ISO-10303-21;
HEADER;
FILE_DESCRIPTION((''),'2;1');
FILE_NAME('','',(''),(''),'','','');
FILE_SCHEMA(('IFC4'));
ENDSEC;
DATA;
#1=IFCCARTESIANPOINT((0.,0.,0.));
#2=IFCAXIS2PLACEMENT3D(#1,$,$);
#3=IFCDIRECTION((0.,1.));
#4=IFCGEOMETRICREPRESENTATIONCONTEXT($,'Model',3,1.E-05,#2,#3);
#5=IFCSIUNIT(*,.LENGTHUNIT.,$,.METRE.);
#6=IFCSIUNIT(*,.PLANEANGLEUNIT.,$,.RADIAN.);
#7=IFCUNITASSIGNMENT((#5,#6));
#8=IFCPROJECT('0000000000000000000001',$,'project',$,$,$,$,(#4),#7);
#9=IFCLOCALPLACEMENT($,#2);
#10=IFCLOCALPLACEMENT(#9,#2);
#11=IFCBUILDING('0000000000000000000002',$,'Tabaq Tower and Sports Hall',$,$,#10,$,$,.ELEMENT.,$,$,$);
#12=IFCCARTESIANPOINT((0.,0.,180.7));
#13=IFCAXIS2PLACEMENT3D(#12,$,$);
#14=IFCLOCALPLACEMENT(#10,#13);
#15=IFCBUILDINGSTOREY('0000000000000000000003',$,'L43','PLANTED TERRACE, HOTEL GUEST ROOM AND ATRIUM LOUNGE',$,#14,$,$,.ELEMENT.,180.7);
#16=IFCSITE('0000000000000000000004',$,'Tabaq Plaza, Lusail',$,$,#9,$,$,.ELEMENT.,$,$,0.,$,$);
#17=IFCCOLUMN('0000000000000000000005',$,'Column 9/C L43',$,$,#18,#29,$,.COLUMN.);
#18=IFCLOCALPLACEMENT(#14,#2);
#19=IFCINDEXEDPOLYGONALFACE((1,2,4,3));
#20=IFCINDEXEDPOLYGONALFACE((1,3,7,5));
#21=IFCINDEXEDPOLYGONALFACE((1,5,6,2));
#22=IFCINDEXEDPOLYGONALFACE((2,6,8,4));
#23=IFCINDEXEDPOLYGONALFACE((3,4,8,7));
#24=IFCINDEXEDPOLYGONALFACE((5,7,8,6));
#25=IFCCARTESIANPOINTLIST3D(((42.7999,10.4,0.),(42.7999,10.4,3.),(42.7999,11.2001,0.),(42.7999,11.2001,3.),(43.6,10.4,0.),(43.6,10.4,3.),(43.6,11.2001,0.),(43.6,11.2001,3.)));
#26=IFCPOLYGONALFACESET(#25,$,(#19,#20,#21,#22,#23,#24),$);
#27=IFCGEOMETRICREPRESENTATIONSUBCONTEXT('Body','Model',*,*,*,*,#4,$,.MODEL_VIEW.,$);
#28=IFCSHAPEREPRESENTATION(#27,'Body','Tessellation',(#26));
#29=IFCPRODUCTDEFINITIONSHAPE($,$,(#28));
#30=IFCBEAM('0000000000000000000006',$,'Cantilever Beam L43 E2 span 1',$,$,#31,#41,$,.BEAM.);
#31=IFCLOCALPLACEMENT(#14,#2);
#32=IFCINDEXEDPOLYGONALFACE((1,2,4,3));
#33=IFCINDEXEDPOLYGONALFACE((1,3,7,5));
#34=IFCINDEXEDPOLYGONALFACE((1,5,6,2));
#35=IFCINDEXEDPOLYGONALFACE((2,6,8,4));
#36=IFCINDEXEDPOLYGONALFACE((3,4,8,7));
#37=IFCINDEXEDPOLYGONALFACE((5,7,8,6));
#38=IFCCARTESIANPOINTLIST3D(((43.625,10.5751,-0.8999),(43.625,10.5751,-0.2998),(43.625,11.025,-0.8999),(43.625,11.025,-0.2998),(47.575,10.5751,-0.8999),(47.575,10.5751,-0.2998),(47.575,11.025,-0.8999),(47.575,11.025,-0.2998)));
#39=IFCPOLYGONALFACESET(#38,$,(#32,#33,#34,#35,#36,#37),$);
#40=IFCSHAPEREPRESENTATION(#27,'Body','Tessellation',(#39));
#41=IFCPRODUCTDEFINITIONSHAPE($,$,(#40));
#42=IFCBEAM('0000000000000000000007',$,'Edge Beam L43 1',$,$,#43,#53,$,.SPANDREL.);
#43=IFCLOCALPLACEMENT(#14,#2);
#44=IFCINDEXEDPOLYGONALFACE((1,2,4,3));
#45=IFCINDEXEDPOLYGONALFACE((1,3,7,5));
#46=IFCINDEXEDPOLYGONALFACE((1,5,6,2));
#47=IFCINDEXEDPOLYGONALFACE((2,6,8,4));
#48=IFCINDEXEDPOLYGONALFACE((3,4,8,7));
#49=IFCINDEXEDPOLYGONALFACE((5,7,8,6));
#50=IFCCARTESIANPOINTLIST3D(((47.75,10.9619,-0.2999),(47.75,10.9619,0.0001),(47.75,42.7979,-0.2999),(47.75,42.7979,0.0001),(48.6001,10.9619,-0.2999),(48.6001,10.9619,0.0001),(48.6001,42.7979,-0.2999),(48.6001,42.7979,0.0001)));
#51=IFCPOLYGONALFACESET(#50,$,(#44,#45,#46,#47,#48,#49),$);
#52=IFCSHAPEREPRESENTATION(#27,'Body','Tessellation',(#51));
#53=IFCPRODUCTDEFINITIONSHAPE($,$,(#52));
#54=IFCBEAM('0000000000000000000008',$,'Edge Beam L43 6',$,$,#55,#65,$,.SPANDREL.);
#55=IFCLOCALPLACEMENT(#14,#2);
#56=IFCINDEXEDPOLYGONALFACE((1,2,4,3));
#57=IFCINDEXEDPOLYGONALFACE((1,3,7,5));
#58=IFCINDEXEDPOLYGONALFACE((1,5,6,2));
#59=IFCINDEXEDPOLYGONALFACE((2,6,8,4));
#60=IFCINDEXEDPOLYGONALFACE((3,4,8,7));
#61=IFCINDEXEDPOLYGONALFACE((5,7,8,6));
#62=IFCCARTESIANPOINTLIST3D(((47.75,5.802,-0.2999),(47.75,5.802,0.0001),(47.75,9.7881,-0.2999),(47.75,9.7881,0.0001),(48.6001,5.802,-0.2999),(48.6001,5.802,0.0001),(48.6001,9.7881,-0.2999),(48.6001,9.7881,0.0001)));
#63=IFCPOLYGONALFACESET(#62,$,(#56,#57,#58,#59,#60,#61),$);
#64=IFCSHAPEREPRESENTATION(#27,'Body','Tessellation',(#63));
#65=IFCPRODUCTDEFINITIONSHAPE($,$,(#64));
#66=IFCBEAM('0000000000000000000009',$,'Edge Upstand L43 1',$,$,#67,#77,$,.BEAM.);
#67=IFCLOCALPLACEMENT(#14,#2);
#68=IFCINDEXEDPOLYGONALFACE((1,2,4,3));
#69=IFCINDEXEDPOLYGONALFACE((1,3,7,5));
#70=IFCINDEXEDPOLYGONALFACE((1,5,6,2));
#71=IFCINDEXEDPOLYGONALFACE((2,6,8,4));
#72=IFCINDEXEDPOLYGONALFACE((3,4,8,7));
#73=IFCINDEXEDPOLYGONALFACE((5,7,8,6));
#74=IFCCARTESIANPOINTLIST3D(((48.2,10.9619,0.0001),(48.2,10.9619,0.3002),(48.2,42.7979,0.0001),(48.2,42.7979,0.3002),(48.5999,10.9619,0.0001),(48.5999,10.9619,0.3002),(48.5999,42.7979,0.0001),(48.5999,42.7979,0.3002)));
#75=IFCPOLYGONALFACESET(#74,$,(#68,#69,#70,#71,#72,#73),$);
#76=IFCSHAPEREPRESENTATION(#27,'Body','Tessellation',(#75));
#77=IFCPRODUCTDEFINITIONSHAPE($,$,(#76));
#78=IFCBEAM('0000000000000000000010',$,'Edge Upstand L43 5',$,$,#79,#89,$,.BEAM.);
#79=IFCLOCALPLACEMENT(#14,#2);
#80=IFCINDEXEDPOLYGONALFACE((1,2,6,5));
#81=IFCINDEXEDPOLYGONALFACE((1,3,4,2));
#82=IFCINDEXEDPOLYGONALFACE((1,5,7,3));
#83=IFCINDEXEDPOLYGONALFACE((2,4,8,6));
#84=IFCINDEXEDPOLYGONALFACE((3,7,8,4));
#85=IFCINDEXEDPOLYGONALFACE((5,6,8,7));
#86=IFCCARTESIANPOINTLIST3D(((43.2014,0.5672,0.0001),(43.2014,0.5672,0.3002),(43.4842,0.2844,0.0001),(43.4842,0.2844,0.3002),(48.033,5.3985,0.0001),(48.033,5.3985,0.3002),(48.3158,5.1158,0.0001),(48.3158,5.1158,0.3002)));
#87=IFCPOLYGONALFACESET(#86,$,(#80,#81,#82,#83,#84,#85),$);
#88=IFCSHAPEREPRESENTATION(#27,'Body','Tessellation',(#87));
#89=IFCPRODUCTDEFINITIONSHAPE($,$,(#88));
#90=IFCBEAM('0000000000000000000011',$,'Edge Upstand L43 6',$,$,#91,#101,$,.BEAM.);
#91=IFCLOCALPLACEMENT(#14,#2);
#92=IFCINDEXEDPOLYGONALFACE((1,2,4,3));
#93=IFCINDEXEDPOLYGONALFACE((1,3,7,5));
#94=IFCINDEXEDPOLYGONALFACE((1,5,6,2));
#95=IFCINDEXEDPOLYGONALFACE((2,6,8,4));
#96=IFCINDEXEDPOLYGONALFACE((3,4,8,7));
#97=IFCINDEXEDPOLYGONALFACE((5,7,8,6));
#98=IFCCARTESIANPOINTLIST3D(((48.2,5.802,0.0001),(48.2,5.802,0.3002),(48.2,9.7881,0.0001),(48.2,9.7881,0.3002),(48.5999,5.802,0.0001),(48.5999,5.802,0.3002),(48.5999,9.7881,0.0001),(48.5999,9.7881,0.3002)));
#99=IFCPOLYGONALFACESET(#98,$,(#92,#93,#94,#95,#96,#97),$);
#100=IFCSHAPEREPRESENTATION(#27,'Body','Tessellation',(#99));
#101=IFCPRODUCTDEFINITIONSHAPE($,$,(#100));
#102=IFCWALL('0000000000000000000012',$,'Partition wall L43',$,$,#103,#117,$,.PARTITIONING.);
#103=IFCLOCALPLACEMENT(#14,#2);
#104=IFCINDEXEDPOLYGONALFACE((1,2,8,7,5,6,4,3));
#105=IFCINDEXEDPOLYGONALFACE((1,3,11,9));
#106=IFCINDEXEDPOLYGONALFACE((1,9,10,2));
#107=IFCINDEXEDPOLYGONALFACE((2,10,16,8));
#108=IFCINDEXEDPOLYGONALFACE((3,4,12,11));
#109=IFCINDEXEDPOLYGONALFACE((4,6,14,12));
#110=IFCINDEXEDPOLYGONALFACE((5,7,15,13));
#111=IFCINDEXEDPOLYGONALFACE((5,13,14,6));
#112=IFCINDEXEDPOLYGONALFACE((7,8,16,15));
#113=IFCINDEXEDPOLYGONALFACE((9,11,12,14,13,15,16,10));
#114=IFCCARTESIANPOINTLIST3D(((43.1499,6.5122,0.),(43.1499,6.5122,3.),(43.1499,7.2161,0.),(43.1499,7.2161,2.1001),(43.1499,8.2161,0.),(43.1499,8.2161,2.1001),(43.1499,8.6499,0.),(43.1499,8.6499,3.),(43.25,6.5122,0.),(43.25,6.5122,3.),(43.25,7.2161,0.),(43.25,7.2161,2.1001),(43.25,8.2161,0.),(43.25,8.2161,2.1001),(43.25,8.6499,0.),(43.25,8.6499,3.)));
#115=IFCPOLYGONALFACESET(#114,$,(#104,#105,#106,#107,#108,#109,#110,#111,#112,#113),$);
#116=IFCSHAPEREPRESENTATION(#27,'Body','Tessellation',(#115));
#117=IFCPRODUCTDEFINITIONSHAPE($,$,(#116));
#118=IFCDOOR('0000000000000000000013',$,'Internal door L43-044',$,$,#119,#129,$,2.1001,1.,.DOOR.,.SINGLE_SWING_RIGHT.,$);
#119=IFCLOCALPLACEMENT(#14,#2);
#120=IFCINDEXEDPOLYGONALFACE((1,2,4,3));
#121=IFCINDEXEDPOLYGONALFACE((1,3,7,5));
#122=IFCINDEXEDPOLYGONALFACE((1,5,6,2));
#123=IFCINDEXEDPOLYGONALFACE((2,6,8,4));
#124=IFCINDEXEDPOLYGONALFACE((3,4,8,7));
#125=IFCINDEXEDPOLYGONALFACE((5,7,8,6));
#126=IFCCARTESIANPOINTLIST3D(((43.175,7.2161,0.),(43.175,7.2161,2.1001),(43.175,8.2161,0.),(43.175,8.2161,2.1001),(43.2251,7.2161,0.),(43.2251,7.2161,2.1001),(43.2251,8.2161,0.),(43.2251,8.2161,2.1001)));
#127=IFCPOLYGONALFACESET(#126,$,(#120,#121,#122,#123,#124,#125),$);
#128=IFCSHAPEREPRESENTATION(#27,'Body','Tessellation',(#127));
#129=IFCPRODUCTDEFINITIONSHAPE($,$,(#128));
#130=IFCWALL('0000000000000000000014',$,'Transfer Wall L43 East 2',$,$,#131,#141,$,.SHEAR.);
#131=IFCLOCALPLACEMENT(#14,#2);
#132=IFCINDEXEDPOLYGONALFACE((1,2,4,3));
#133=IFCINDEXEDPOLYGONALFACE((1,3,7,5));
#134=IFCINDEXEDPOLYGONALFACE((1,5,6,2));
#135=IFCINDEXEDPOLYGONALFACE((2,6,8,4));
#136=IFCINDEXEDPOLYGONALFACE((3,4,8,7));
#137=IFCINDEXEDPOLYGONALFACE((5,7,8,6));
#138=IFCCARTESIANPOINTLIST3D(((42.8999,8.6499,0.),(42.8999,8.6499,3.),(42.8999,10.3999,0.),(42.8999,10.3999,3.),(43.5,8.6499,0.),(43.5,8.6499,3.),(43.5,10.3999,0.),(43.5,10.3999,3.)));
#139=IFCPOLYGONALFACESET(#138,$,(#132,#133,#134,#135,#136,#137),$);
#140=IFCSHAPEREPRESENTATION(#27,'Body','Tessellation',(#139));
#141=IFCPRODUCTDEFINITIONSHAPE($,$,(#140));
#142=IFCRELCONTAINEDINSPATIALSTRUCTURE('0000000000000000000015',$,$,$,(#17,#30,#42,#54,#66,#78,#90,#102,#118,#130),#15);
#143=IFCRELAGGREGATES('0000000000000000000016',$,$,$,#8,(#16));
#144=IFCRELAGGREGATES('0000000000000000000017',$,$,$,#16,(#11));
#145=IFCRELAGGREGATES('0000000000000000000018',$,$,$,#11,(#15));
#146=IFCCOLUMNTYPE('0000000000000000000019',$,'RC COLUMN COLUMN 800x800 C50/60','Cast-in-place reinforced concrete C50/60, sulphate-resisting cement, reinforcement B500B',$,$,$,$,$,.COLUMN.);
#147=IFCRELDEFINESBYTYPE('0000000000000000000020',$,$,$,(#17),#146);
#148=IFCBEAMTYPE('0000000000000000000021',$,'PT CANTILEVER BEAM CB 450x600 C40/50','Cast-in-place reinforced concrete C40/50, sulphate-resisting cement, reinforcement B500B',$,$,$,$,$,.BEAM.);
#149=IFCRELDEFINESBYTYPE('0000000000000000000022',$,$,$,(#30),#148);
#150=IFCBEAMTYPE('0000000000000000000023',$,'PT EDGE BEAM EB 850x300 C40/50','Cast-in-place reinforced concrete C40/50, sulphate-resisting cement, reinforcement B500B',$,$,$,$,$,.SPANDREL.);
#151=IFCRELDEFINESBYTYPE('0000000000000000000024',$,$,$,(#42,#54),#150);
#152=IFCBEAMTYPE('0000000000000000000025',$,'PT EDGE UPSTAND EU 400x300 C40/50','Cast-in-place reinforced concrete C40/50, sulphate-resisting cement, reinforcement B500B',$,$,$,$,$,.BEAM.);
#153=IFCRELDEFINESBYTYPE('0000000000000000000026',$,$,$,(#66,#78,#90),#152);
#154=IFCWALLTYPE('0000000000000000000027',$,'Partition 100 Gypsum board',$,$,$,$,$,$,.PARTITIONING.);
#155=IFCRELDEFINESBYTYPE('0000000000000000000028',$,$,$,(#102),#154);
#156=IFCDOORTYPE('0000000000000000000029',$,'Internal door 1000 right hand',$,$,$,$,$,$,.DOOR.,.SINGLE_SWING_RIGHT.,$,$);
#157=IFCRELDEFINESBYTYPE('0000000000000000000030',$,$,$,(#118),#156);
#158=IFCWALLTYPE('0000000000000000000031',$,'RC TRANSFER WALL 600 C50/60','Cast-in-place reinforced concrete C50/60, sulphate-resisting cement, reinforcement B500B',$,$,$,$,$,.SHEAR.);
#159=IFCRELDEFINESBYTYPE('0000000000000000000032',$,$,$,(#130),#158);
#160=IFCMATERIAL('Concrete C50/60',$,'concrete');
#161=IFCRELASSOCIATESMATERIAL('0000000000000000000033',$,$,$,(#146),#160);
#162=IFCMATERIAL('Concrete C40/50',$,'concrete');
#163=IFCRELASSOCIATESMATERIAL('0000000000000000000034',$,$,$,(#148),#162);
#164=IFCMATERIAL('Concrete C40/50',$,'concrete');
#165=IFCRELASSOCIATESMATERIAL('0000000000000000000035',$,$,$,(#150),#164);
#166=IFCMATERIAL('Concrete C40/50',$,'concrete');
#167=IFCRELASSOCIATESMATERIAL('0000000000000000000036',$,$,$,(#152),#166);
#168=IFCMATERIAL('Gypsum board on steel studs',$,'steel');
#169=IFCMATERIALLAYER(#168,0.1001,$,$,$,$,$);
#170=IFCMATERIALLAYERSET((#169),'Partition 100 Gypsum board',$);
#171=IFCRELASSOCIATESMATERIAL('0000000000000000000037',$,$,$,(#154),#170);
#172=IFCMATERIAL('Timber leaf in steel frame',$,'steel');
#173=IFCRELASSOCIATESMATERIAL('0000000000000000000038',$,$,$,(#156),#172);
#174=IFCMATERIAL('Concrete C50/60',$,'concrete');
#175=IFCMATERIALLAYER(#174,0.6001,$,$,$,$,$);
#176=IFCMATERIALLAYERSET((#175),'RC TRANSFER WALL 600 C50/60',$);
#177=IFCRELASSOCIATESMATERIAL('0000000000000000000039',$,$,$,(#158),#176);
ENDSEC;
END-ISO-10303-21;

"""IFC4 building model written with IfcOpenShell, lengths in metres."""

from ifc_helpers import new_model, si_unit, direction, frame, frame_2d, origin, origin_2d, place, context, subcontext, project, spatial, rectangle, extrude, material, layer, layer_set, material_profile, profile_set, type_object, element, fill, save


model = new_model("IFC4")

# Units and contexts
model_context = context("Model", 3, precision=1e-05, world=origin(), true_north=direction((0.0, 1.0)))
body_context = subcontext(model_context, "Body", "Model", "MODEL_VIEW")
ifc_project = project(units=[si_unit("LENGTHUNIT", "METRE"), si_unit("PLANEANGLEUNIT", "RADIAN")], contexts=[model_context])

# Site, building, storey
site_placement = place(None, origin())
site = spatial("IfcSite", under=ifc_project, at=site_placement, Name="Tabaq Plaza, Lusail", CompositionType="ELEMENT", RefElevation=0.0)
building_placement = place(site_placement, origin())
building = spatial("IfcBuilding", under=site, at=building_placement, Name="Tabaq Tower and Sports Hall", CompositionType="ELEMENT")
storey_placement = place(building_placement, frame((0.0, 0.0, 180.7)))
storey = spatial("IfcBuildingStorey", under=building, at=storey_placement, Name="L43", Description="PLANTED TERRACE, HOTEL GUEST ROOM AND ATRIUM LOUNGE", CompositionType="ELEMENT", Elevation=180.7)

# Column
ifc_material_1 = material(Name="Concrete C50/60", Category="concrete")
ifc_material_profile_1 = material_profile(ifc_material_1, rectangle(XDim=0.8, YDim=0.8, at=origin_2d()), Name="COLUMN 800x800")
ifc_profile_set_1 = profile_set([ifc_material_profile_1], Name="Concrete C50/60")
column_type = type_object("IfcColumnType", Name="RC COLUMN COLUMN 800x800 C50/60", Description="Cast-in-place reinforced concrete C50/60, sulphate-resisting cement, reinforcement B500B", PredefinedType="COLUMN", material=ifc_profile_set_1)
column_placement = place(storey_placement, frame((43.2, 10.8, 0.0), z_axis=(0.0, 0.0, 1.0), x_axis=(1.0, 0.0, 0.0)))
element("IfcColumn", 1, at=column_placement, inside=storey, type_object=column_type, Name="Column 9/C L43", PredefinedType="COLUMN", context=body_context, shape_type="SweptSolid", body=[
    extrude(rectangle(XDim=0.8, YDim=0.8, at=origin_2d()), origin(), (0.0, 0.0, 1.0), 3.0),
])

# Beams
ifc_material_2 = material(Name="Concrete C40/50", Category="concrete")
ifc_material_profile_2 = material_profile(ifc_material_2, rectangle(XDim=0.45, YDim=0.6001, at=origin_2d()), Name="CB 450x600")
ifc_profile_set_2 = profile_set([ifc_material_profile_2], Name="Concrete C40/50")
beam_type_1 = type_object("IfcBeamType", Name="PT CANTILEVER BEAM CB 450x600 C40/50", Description="Cast-in-place reinforced concrete C40/50, sulphate-resisting cement, reinforcement B500B", PredefinedType="BEAM", material=ifc_profile_set_2)
beam_1_placement = place(storey_placement, frame((47.575, 10.8, -0.5999), z_axis=(-1.0, 0.0, 0.0), x_axis=(0.0, -1.0, 0.0)))
element("IfcBeam", 2, at=beam_1_placement, inside=storey, type_object=beam_type_1, Name="Cantilever Beam L43 E2 span 1", PredefinedType="BEAM", context=body_context, shape_type="SweptSolid", body=[
    extrude(rectangle(XDim=0.45, YDim=0.6001, at=origin_2d()), origin(), (0.0, 0.0, 1.0), 3.95),
])
ifc_material_3 = material(Name="Concrete C40/50", Category="concrete")
ifc_material_profile_3 = material_profile(ifc_material_3, rectangle(XDim=0.8501, YDim=0.3, at=origin_2d()), Name="EB 850x300")
ifc_profile_set_3 = profile_set([ifc_material_profile_3], Name="Concrete C40/50")
beam_type_2 = type_object("IfcBeamType", Name="PT EDGE BEAM EB 850x300 C40/50", Description="Cast-in-place reinforced concrete C40/50, sulphate-resisting cement, reinforcement B500B", PredefinedType="SPANDREL", material=ifc_profile_set_3)
beam_2_placement = place(storey_placement, frame((48.175, 10.9619, -0.1499), z_axis=(0.0, 1.0, 0.0), x_axis=(-1.0, 0.0, 0.0)))
element("IfcBeam", 3, at=beam_2_placement, inside=storey, type_object=beam_type_2, Name="Edge Beam L43 1", PredefinedType="SPANDREL", context=body_context, shape_type="SweptSolid", body=[
    extrude(rectangle(XDim=0.8501, YDim=0.3, at=origin_2d()), origin(), (0.0, 0.0, 1.0), 31.8359),
])
beam_3_placement = place(storey_placement, frame((48.175, 5.802, -0.1499), z_axis=(0.0, 1.0, 0.0), x_axis=(-1.0, 0.0, 0.0)))
element("IfcBeam", 4, at=beam_3_placement, inside=storey, type_object=beam_type_2, Name="Edge Beam L43 6", PredefinedType="SPANDREL", context=body_context, shape_type="SweptSolid", body=[
    extrude(rectangle(XDim=0.8501, YDim=0.3, at=origin_2d()), origin(), (0.0, 0.0, 1.0), 3.9861),
])
ifc_material_4 = material(Name="Concrete C40/50", Category="concrete")
ifc_material_profile_4 = material_profile(ifc_material_4, rectangle(XDim=0.3999, YDim=0.3, at=origin_2d()), Name="EU 400x300")
ifc_profile_set_4 = profile_set([ifc_material_profile_4], Name="Concrete C40/50")
beam_type_3 = type_object("IfcBeamType", Name="PT EDGE UPSTAND EU 400x300 C40/50", Description="Cast-in-place reinforced concrete C40/50, sulphate-resisting cement, reinforcement B500B", PredefinedType="BEAM", material=ifc_profile_set_4)
beam_4_placement = place(storey_placement, frame((48.3999, 10.9619, 0.1501), z_axis=(0.0, 1.0, 0.0), x_axis=(-1.0, 0.0, 0.0)))
element("IfcBeam", 5, at=beam_4_placement, inside=storey, type_object=beam_type_3, Name="Edge Upstand L43 1", PredefinedType="BEAM", context=body_context, shape_type="SweptSolid", body=[
    extrude(rectangle(XDim=0.3999, YDim=0.3, at=origin_2d()), origin(), (0.0, 0.0, 1.0), 31.8359),
])
beam_5_placement = place(storey_placement, frame((43.3428, 0.4258, 0.1501), z_axis=(0.707125, 0.707089, 0.0), x_axis=(-0.707089, 0.707125, 0.0)))
element("IfcBeam", 6, at=beam_5_placement, inside=storey, type_object=beam_type_3, Name="Edge Upstand L43 5", PredefinedType="BEAM", context=body_context, shape_type="SweptSolid", body=[
    extrude(rectangle(XDim=0.3999, YDim=0.3, at=origin_2d()), origin(), (0.0, 0.0, 1.0), 6.8328),
])
beam_6_placement = place(storey_placement, frame((48.3999, 5.802, 0.1501), z_axis=(0.0, 1.0, 0.0), x_axis=(-1.0, 0.0, 0.0)))
element("IfcBeam", 7, at=beam_6_placement, inside=storey, type_object=beam_type_3, Name="Edge Upstand L43 6", PredefinedType="BEAM", context=body_context, shape_type="SweptSolid", body=[
    extrude(rectangle(XDim=0.3999, YDim=0.3, at=origin_2d()), origin(), (0.0, 0.0, 1.0), 3.9861),
])

# Wall, opening, door
ifc_material_5 = material(Name="Gypsum board on steel studs", Category="steel")
ifc_layer_1 = layer(ifc_material_5, 0.1001)
ifc_layer_set_1 = layer_set([ifc_layer_1], Name="Partition 100 Gypsum board")
wall_type_1 = type_object("IfcWallType", Name="Partition 100 Gypsum board", PredefinedType="PARTITIONING", material=ifc_layer_set_1)
wall_1_placement = place(storey_placement, frame((43.2, 6.5122, 0.0), z_axis=(0.0, 0.0, 1.0), x_axis=(0.0, 1.0, 0.0)))
wall_1 = element("IfcWall", 8, at=wall_1_placement, inside=storey, type_object=wall_type_1, Name="Partition wall L43", PredefinedType="PARTITIONING", context=body_context, shape_type="SweptSolid", body=[
    extrude(rectangle(XDim=2.1377, YDim=0.1001, at=frame_2d((1.0688, 0.0))), origin(), (0.0, 0.0, 1.0), 3.0),
])
opening_1_placement = place(wall_1_placement, frame((0.7039, 0.0, 0.0)))
opening_1 = element("IfcOpeningElement", 9, at=opening_1_placement, cuts=wall_1, PredefinedType="OPENING", context=body_context, shape_type="SweptSolid", body=[
    extrude(rectangle(XDim=1.0, YDim=2.1001, at=frame_2d((0.5, 1.05))), frame((0.0, 0.05, 0.0), z_axis=(0.0, -1.0, 0.0), x_axis=(1.0, 0.0, 0.0)), (0.0, 0.0, 1.0), 0.1001),
])
ifc_material_6 = material(Name="Timber leaf in steel frame", Category="steel")
door_type = type_object("IfcDoorType", Name="Internal door 1000 right hand", OperationType="SINGLE_SWING_RIGHT", PredefinedType="DOOR", material=ifc_material_6)
door_placement = place(opening_1_placement, origin())
door = element("IfcDoor", 10, at=door_placement, inside=storey, type_object=door_type, Name="Internal door L43-044", OperationType="SINGLE_SWING_RIGHT", OverallHeight=2.1001, OverallWidth=1.0, PredefinedType="DOOR", context=body_context, shape_type="SweptSolid", body=[
    extrude(rectangle(XDim=1.0, YDim=2.1001, at=frame_2d((0.5, 1.05))), frame((0.0, 0.0249, 0.0), z_axis=(0.0, -1.0, 0.0), x_axis=(1.0, 0.0, 0.0)), (0.0, 0.0, 1.0), 0.05),
])
fill(opening_1, door)

# Wall
ifc_material_7 = material(Name="Concrete C50/60", Category="concrete")
ifc_layer_2 = layer(ifc_material_7, 0.6001)
ifc_layer_set_2 = layer_set([ifc_layer_2], Name="RC TRANSFER WALL 600 C50/60")
wall_type_2 = type_object("IfcWallType", Name="RC TRANSFER WALL 600 C50/60", Description="Cast-in-place reinforced concrete C50/60, sulphate-resisting cement, reinforcement B500B", PredefinedType="SHEAR", material=ifc_layer_set_2)
wall_2_placement = place(storey_placement, frame((43.2, 8.6499, 0.0), z_axis=(0.0, 0.0, 1.0), x_axis=(0.0, 1.0, 0.0)))
element("IfcWall", 11, at=wall_2_placement, inside=storey, type_object=wall_type_2, Name="Transfer Wall L43 East 2", PredefinedType="SHEAR", context=body_context, shape_type="SweptSolid", body=[
    extrude(rectangle(XDim=1.75, YDim=0.6001, at=frame_2d((0.875, 0.0))), origin(), (0.0, 0.0, 1.0), 3.0),
])

save(model, "model.ifc")
